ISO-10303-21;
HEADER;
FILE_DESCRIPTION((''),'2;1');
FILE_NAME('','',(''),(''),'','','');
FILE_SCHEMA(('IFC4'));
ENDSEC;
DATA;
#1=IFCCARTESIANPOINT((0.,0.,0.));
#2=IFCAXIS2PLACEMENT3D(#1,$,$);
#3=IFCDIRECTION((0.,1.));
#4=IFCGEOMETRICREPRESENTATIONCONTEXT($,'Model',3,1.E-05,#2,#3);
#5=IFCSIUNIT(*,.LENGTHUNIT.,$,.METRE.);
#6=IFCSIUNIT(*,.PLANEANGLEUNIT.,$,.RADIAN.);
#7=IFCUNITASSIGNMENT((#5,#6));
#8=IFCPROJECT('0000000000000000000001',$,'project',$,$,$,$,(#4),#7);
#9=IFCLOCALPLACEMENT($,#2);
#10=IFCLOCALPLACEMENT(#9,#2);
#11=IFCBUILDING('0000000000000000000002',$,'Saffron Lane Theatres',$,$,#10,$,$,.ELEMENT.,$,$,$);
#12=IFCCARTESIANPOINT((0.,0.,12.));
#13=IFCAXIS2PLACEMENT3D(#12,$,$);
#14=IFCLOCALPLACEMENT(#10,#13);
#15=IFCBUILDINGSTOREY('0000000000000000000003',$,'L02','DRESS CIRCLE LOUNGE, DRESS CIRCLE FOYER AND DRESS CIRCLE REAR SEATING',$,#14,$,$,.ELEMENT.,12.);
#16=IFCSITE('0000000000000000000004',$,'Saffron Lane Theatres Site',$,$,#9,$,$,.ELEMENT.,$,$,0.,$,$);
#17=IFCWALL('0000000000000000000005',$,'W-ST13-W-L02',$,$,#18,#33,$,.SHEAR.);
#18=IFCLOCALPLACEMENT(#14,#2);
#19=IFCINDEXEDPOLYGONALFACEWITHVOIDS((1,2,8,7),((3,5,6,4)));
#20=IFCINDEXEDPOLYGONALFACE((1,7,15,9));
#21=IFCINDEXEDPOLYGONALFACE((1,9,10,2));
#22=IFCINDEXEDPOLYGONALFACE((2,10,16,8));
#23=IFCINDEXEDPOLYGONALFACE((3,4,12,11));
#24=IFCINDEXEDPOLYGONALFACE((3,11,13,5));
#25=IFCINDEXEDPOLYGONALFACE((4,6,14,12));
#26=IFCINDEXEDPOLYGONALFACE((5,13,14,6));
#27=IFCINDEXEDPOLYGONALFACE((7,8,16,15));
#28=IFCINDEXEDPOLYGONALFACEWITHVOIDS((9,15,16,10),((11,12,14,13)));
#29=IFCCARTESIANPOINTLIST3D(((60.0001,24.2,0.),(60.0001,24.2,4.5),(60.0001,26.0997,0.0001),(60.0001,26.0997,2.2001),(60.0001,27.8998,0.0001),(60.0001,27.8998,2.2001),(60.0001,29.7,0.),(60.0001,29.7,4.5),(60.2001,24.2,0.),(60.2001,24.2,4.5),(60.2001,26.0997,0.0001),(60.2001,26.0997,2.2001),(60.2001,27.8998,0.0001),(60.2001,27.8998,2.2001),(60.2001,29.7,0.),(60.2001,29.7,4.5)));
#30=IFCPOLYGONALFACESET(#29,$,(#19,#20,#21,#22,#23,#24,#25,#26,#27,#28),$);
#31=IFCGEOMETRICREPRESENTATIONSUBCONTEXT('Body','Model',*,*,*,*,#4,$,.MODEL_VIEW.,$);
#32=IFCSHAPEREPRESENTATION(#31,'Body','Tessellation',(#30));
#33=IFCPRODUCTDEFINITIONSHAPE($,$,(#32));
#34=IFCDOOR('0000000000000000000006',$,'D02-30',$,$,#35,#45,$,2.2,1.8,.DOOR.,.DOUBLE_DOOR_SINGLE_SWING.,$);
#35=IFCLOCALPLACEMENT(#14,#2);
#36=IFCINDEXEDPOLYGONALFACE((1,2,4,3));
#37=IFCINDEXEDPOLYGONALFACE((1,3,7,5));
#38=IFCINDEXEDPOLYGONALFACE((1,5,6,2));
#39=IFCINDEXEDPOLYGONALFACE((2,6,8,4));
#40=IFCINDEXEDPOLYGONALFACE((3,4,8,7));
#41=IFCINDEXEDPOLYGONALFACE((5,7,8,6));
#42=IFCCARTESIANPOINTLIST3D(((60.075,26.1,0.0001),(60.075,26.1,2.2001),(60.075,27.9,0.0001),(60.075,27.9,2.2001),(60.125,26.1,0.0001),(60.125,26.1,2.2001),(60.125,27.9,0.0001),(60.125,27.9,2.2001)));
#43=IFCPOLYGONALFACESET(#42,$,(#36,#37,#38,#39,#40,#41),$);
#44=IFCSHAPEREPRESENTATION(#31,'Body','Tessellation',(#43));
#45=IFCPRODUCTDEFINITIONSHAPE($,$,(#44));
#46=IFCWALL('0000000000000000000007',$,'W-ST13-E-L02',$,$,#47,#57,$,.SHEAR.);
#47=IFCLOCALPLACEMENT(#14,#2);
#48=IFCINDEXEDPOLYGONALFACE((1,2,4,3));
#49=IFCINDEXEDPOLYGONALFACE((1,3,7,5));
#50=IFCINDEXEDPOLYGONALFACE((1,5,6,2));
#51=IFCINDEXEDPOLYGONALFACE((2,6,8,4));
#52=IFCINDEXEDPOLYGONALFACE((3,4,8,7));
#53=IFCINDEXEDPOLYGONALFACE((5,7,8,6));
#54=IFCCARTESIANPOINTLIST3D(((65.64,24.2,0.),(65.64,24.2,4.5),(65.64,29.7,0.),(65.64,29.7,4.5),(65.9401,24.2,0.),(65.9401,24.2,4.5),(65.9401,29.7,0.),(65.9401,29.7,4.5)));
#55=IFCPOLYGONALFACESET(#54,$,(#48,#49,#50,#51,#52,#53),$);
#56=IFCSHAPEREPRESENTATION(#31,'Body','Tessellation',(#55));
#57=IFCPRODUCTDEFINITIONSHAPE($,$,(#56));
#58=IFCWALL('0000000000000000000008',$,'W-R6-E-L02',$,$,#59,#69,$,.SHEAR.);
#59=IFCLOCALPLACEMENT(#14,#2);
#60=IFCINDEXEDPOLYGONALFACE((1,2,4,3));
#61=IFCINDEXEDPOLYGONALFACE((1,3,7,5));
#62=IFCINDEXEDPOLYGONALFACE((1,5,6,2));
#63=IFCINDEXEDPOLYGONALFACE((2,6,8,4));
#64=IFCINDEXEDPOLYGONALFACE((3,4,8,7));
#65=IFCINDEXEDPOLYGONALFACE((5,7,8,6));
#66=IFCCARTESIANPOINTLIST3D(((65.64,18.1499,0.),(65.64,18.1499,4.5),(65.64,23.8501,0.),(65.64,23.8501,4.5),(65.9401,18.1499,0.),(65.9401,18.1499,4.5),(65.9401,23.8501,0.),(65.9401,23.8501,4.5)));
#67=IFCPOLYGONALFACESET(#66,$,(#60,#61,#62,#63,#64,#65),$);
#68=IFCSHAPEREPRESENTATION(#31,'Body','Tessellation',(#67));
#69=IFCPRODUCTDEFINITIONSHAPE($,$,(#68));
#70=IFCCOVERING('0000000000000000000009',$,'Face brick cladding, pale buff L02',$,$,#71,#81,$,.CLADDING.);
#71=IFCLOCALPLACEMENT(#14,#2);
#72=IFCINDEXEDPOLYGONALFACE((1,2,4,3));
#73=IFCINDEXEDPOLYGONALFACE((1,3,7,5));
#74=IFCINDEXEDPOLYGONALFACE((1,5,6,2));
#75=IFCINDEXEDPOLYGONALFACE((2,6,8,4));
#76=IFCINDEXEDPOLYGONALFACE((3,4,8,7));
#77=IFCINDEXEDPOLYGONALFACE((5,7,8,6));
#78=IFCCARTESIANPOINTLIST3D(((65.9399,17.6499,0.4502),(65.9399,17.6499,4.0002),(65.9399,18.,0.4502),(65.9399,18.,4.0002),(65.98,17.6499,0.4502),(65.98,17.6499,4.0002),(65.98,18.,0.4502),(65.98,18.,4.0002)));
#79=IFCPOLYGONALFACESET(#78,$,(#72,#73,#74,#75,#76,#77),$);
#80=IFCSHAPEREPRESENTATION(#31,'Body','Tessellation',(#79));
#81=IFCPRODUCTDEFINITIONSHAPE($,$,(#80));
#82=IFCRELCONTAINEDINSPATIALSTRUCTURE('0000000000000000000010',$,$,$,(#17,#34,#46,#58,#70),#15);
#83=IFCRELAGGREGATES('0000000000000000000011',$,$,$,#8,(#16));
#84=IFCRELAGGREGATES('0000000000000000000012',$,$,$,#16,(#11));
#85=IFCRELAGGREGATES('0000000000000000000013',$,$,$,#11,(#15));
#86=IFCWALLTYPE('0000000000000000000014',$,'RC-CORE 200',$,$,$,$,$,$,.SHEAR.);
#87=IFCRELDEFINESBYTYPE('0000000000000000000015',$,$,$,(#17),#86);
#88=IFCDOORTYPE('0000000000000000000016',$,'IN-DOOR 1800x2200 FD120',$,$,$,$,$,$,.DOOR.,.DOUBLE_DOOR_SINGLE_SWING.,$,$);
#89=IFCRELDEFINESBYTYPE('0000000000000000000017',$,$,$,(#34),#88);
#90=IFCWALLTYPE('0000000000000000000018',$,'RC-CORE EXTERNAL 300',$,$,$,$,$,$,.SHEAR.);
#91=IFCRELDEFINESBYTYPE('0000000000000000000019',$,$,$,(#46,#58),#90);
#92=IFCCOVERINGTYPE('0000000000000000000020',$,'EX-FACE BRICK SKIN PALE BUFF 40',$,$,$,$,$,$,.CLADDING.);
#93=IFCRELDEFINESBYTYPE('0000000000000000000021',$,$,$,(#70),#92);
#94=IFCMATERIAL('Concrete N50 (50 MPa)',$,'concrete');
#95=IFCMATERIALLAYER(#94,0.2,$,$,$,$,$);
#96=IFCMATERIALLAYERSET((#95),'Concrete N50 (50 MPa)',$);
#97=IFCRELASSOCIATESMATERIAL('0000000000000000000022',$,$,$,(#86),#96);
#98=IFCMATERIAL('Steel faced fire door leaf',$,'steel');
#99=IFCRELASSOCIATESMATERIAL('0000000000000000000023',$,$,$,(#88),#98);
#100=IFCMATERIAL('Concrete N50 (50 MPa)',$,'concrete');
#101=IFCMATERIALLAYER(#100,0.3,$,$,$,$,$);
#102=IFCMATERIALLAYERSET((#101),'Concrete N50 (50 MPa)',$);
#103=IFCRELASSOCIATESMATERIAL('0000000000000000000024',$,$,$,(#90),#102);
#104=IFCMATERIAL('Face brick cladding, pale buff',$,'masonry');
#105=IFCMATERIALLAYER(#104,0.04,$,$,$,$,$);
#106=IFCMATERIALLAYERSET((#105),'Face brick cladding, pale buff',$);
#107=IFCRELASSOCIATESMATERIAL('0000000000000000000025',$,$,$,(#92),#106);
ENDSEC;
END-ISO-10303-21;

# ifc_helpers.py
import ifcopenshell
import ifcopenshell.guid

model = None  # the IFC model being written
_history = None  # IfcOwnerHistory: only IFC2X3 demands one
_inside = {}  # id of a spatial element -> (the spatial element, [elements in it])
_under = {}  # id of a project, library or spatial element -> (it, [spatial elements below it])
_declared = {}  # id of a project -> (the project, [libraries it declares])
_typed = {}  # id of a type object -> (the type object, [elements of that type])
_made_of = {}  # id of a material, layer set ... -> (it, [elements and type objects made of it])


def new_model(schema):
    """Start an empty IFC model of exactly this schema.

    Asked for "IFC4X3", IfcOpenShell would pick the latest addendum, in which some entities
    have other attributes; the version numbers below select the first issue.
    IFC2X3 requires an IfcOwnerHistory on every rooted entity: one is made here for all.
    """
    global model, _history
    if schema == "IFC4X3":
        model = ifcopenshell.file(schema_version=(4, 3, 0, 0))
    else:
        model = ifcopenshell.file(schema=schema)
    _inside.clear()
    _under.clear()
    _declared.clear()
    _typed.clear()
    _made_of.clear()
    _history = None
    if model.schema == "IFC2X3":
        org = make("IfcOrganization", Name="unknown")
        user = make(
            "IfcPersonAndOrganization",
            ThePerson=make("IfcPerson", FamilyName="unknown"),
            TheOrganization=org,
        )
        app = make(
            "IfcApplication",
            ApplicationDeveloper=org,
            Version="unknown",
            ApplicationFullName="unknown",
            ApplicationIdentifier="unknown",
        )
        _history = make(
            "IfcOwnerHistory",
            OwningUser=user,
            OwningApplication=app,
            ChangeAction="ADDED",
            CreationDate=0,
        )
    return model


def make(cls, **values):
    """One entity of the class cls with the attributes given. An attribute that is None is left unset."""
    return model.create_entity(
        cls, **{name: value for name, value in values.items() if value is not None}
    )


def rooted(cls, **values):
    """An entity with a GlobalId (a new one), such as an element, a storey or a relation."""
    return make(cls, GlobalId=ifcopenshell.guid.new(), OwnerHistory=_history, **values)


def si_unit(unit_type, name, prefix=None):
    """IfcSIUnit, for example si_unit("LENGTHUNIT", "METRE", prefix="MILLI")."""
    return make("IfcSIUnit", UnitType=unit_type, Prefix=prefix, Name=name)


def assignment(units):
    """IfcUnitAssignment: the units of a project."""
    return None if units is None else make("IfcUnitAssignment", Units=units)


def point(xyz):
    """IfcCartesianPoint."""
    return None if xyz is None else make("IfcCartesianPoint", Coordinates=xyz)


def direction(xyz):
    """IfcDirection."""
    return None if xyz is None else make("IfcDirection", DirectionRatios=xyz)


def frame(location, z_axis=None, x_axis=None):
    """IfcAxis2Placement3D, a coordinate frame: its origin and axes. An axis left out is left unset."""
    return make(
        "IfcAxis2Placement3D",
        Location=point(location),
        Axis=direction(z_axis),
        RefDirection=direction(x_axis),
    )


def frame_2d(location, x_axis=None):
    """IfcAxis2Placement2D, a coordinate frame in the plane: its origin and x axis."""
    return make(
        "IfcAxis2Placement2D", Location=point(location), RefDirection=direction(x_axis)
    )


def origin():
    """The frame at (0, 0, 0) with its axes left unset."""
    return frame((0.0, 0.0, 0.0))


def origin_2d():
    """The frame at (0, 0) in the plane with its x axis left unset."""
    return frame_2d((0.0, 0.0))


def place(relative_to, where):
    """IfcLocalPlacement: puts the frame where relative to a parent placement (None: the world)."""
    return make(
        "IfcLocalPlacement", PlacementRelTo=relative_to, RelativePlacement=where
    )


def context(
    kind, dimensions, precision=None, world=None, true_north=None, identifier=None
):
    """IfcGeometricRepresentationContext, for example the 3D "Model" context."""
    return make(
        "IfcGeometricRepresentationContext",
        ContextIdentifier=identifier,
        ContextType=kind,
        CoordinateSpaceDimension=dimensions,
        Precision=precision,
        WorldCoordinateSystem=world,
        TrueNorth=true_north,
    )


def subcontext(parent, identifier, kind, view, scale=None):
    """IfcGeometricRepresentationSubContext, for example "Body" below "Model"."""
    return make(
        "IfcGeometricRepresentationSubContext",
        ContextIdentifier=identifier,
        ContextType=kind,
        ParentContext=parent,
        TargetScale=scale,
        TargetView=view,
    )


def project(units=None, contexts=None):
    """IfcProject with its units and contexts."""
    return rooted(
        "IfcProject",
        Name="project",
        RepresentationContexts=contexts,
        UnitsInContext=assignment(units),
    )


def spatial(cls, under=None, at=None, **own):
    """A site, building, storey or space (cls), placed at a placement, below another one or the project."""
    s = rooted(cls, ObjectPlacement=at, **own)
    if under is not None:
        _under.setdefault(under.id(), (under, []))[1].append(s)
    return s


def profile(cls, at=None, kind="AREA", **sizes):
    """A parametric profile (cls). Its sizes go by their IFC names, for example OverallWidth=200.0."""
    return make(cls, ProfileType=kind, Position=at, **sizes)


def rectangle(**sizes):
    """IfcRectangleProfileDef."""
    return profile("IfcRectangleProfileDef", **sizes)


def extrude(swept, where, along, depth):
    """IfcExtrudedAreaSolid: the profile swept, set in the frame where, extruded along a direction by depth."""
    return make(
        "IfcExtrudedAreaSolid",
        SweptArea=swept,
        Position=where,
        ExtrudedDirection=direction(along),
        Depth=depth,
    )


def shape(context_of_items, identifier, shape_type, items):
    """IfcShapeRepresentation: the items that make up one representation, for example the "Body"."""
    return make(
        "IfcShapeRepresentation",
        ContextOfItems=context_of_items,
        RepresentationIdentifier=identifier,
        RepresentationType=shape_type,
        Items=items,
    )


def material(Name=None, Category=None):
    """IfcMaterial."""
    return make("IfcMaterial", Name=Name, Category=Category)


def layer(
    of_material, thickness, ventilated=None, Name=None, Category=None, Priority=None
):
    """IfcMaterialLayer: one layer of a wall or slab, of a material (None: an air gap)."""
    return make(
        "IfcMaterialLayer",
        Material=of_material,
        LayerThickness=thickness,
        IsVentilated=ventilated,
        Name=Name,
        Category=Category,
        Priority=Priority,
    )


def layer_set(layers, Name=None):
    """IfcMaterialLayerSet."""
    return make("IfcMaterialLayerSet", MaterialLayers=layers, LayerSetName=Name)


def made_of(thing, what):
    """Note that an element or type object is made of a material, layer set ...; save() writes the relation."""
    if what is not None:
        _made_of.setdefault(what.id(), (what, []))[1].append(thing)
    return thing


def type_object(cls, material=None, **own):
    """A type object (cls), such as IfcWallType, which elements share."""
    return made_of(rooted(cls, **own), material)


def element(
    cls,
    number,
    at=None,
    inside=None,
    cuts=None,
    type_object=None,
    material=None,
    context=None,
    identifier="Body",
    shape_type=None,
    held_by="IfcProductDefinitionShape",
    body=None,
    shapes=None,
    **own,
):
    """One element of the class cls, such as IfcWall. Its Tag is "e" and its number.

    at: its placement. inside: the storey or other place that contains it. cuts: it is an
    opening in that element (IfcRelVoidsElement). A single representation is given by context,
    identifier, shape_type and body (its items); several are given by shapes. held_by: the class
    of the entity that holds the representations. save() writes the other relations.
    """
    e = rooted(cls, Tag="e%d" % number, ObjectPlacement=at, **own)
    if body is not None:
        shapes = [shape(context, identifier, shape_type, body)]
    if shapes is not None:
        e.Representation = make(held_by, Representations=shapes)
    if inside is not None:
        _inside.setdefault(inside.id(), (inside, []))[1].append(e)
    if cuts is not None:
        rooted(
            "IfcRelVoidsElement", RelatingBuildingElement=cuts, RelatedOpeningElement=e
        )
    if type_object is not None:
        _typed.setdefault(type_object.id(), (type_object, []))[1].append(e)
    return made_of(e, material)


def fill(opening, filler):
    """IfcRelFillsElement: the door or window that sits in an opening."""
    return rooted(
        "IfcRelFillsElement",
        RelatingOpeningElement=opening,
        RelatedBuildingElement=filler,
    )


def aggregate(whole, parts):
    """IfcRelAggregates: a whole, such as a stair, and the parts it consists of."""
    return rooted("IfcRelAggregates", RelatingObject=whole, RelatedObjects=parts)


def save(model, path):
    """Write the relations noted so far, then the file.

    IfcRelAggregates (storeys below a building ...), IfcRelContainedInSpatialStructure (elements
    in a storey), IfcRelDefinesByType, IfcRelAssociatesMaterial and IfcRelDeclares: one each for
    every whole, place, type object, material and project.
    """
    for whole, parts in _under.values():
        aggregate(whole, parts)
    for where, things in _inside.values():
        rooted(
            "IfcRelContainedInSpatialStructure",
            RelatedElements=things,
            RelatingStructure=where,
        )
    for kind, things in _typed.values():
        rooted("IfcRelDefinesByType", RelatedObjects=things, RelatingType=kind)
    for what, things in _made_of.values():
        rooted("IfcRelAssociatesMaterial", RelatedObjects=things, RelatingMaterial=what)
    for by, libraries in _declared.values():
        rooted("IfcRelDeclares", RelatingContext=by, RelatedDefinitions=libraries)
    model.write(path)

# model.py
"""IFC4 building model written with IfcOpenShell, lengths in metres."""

from ifc_helpers import new_model, si_unit, direction, frame, frame_2d, origin, origin_2d, place, context, subcontext, project, spatial, rectangle, extrude, material, layer, layer_set, type_object, element, fill, save


model = new_model("IFC4")

# Units and contexts
model_context = context("Model", 3, precision=1e-05, world=origin(), true_north=direction((0.0, 1.0)))
body_context = subcontext(model_context, "Body", "Model", "MODEL_VIEW")
ifc_project = project(units=[si_unit("LENGTHUNIT", "METRE"), si_unit("PLANEANGLEUNIT", "RADIAN")], contexts=[model_context])

# Site, building, storey
site_placement = place(None, origin())
site = spatial("IfcSite", under=ifc_project, at=site_placement, Name="Saffron Lane Theatres Site", CompositionType="ELEMENT", RefElevation=0.0)
building_placement = place(site_placement, origin())
building = spatial("IfcBuilding", under=site, at=building_placement, Name="Saffron Lane Theatres", CompositionType="ELEMENT")
storey_placement = place(building_placement, frame((0.0, 0.0, 12.0)))
storey = spatial("IfcBuildingStorey", under=building, at=storey_placement, Name="L02", Description="DRESS CIRCLE LOUNGE, DRESS CIRCLE FOYER AND DRESS CIRCLE REAR SEATING", CompositionType="ELEMENT", Elevation=12.0)

# Shared definitions
ifc_material_1 = material(Name="Concrete N50 (50 MPa)", Category="concrete")
ifc_layer_1 = layer(ifc_material_1, 0.2)
ifc_layer_set_1 = layer_set([ifc_layer_1], Name="Concrete N50 (50 MPa)")
wall_type_1 = type_object("IfcWallType", Name="RC-CORE 200", PredefinedType="SHEAR", material=ifc_layer_set_1)

# Wall, opening, door
wall_1_placement = place(storey_placement, frame((60.1001, 24.2, 0.0), z_axis=(0.0, 0.0, 1.0), x_axis=(0.0, 1.0, 0.0)))
wall_1 = element("IfcWall", 1, at=wall_1_placement, inside=storey, type_object=wall_type_1, Name="W-ST13-W-L02", PredefinedType="SHEAR", context=body_context, shape_type="SweptSolid", body=[
    extrude(rectangle(XDim=5.5, YDim=0.2, at=frame_2d((2.75, 0.0))), origin(), (0.0, 0.0, 1.0), 4.5),
])
opening_placement = place(wall_1_placement, frame((1.8999, 0.0, 0.0)))
opening = element("IfcOpeningElement", 2, at=opening_placement, cuts=wall_1, PredefinedType="OPENING", context=body_context, shape_type="SweptSolid", body=[
    extrude(rectangle(XDim=1.8, YDim=2.2, at=frame_2d((0.8999, 1.1001))), frame((0.0, 0.1099, 0.0), z_axis=(0.0, -1.0, 0.0), x_axis=(1.0, 0.0, 0.0)), (0.0, 0.0, 1.0), 0.22),
])
ifc_material_2 = material(Name="Steel faced fire door leaf", Category="steel")
door_type = type_object("IfcDoorType", Name="IN-DOOR 1800x2200 FD120", OperationType="DOUBLE_DOOR_SINGLE_SWING", PredefinedType="DOOR", material=ifc_material_2)
door_placement = place(opening_placement, frame((1.8, 0.0, 0.0), z_axis=(0.0, 0.0, 1.0), x_axis=(-1.0, 0.0, 0.0)))
door = element("IfcDoor", 3, at=door_placement, inside=storey, type_object=door_type, Name="D02-30", OperationType="DOUBLE_DOOR_SINGLE_SWING", OverallHeight=2.2, OverallWidth=1.8, PredefinedType="DOOR", context=body_context, shape_type="SweptSolid", body=[
    extrude(rectangle(XDim=1.8, YDim=2.2, at=frame_2d((0.8999, 1.1001))), frame((0.0, 0.0249, 0.0), z_axis=(0.0, -1.0, 0.0), x_axis=(1.0, 0.0, 0.0)), (0.0, 0.0, 1.0), 0.05),
])
fill(opening, door)

# Walls
ifc_material_3 = material(Name="Concrete N50 (50 MPa)", Category="concrete")
ifc_layer_2 = layer(ifc_material_3, 0.3)
ifc_layer_set_2 = layer_set([ifc_layer_2], Name="Concrete N50 (50 MPa)")
wall_type_2 = type_object("IfcWallType", Name="RC-CORE EXTERNAL 300", PredefinedType="SHEAR", material=ifc_layer_set_2)
wall_2_placement = place(storey_placement, frame((65.79, 24.2, 0.0), z_axis=(0.0, 0.0, 1.0), x_axis=(0.0, 1.0, 0.0)))
element("IfcWall", 4, at=wall_2_placement, inside=storey, type_object=wall_type_2, Name="W-ST13-E-L02", PredefinedType="SHEAR", context=body_context, shape_type="SweptSolid", body=[
    extrude(rectangle(XDim=5.5, YDim=0.3, at=frame_2d((2.75, 0.0))), origin(), (0.0, 0.0, 1.0), 4.5),
])
wall_3_placement = place(storey_placement, frame((65.79, 18.1499, 0.0), z_axis=(0.0, 0.0, 1.0), x_axis=(0.0, 1.0, 0.0)))
element("IfcWall", 5, at=wall_3_placement, inside=storey, type_object=wall_type_2, Name="W-R6-E-L02", PredefinedType="SHEAR", context=body_context, shape_type="SweptSolid", body=[
    extrude(rectangle(XDim=5.7002, YDim=0.3, at=frame_2d((2.8501, 0.0))), origin(), (0.0, 0.0, 1.0), 4.5),
])

# Covering
ifc_material_4 = material(Name="Face brick cladding, pale buff", Category="masonry")
ifc_layer_3 = layer(ifc_material_4, 0.04)
ifc_layer_set_3 = layer_set([ifc_layer_3], Name="Face brick cladding, pale buff")
covering_type_1 = type_object("IfcCoveringType", Name="EX-FACE BRICK SKIN PALE BUFF 40", PredefinedType="CLADDING", material=ifc_layer_set_3)
covering_1_placement = place(storey_placement, frame((65.96, 17.825, 0.4502), z_axis=(0.0, 0.0, 1.0), x_axis=(0.0, 1.0, 0.0)))
element("IfcCovering", 6, at=covering_1_placement, inside=storey, type_object=covering_type_1, Name="Face brick cladding, pale buff L02", PredefinedType="CLADDING", context=body_context, shape_type="SweptSolid", body=[
    extrude(rectangle(XDim=0.3501, YDim=0.04, at=origin_2d()), origin(), (0.0, 0.0, 1.0), 3.55),
])

save(model, "model.ifc")
